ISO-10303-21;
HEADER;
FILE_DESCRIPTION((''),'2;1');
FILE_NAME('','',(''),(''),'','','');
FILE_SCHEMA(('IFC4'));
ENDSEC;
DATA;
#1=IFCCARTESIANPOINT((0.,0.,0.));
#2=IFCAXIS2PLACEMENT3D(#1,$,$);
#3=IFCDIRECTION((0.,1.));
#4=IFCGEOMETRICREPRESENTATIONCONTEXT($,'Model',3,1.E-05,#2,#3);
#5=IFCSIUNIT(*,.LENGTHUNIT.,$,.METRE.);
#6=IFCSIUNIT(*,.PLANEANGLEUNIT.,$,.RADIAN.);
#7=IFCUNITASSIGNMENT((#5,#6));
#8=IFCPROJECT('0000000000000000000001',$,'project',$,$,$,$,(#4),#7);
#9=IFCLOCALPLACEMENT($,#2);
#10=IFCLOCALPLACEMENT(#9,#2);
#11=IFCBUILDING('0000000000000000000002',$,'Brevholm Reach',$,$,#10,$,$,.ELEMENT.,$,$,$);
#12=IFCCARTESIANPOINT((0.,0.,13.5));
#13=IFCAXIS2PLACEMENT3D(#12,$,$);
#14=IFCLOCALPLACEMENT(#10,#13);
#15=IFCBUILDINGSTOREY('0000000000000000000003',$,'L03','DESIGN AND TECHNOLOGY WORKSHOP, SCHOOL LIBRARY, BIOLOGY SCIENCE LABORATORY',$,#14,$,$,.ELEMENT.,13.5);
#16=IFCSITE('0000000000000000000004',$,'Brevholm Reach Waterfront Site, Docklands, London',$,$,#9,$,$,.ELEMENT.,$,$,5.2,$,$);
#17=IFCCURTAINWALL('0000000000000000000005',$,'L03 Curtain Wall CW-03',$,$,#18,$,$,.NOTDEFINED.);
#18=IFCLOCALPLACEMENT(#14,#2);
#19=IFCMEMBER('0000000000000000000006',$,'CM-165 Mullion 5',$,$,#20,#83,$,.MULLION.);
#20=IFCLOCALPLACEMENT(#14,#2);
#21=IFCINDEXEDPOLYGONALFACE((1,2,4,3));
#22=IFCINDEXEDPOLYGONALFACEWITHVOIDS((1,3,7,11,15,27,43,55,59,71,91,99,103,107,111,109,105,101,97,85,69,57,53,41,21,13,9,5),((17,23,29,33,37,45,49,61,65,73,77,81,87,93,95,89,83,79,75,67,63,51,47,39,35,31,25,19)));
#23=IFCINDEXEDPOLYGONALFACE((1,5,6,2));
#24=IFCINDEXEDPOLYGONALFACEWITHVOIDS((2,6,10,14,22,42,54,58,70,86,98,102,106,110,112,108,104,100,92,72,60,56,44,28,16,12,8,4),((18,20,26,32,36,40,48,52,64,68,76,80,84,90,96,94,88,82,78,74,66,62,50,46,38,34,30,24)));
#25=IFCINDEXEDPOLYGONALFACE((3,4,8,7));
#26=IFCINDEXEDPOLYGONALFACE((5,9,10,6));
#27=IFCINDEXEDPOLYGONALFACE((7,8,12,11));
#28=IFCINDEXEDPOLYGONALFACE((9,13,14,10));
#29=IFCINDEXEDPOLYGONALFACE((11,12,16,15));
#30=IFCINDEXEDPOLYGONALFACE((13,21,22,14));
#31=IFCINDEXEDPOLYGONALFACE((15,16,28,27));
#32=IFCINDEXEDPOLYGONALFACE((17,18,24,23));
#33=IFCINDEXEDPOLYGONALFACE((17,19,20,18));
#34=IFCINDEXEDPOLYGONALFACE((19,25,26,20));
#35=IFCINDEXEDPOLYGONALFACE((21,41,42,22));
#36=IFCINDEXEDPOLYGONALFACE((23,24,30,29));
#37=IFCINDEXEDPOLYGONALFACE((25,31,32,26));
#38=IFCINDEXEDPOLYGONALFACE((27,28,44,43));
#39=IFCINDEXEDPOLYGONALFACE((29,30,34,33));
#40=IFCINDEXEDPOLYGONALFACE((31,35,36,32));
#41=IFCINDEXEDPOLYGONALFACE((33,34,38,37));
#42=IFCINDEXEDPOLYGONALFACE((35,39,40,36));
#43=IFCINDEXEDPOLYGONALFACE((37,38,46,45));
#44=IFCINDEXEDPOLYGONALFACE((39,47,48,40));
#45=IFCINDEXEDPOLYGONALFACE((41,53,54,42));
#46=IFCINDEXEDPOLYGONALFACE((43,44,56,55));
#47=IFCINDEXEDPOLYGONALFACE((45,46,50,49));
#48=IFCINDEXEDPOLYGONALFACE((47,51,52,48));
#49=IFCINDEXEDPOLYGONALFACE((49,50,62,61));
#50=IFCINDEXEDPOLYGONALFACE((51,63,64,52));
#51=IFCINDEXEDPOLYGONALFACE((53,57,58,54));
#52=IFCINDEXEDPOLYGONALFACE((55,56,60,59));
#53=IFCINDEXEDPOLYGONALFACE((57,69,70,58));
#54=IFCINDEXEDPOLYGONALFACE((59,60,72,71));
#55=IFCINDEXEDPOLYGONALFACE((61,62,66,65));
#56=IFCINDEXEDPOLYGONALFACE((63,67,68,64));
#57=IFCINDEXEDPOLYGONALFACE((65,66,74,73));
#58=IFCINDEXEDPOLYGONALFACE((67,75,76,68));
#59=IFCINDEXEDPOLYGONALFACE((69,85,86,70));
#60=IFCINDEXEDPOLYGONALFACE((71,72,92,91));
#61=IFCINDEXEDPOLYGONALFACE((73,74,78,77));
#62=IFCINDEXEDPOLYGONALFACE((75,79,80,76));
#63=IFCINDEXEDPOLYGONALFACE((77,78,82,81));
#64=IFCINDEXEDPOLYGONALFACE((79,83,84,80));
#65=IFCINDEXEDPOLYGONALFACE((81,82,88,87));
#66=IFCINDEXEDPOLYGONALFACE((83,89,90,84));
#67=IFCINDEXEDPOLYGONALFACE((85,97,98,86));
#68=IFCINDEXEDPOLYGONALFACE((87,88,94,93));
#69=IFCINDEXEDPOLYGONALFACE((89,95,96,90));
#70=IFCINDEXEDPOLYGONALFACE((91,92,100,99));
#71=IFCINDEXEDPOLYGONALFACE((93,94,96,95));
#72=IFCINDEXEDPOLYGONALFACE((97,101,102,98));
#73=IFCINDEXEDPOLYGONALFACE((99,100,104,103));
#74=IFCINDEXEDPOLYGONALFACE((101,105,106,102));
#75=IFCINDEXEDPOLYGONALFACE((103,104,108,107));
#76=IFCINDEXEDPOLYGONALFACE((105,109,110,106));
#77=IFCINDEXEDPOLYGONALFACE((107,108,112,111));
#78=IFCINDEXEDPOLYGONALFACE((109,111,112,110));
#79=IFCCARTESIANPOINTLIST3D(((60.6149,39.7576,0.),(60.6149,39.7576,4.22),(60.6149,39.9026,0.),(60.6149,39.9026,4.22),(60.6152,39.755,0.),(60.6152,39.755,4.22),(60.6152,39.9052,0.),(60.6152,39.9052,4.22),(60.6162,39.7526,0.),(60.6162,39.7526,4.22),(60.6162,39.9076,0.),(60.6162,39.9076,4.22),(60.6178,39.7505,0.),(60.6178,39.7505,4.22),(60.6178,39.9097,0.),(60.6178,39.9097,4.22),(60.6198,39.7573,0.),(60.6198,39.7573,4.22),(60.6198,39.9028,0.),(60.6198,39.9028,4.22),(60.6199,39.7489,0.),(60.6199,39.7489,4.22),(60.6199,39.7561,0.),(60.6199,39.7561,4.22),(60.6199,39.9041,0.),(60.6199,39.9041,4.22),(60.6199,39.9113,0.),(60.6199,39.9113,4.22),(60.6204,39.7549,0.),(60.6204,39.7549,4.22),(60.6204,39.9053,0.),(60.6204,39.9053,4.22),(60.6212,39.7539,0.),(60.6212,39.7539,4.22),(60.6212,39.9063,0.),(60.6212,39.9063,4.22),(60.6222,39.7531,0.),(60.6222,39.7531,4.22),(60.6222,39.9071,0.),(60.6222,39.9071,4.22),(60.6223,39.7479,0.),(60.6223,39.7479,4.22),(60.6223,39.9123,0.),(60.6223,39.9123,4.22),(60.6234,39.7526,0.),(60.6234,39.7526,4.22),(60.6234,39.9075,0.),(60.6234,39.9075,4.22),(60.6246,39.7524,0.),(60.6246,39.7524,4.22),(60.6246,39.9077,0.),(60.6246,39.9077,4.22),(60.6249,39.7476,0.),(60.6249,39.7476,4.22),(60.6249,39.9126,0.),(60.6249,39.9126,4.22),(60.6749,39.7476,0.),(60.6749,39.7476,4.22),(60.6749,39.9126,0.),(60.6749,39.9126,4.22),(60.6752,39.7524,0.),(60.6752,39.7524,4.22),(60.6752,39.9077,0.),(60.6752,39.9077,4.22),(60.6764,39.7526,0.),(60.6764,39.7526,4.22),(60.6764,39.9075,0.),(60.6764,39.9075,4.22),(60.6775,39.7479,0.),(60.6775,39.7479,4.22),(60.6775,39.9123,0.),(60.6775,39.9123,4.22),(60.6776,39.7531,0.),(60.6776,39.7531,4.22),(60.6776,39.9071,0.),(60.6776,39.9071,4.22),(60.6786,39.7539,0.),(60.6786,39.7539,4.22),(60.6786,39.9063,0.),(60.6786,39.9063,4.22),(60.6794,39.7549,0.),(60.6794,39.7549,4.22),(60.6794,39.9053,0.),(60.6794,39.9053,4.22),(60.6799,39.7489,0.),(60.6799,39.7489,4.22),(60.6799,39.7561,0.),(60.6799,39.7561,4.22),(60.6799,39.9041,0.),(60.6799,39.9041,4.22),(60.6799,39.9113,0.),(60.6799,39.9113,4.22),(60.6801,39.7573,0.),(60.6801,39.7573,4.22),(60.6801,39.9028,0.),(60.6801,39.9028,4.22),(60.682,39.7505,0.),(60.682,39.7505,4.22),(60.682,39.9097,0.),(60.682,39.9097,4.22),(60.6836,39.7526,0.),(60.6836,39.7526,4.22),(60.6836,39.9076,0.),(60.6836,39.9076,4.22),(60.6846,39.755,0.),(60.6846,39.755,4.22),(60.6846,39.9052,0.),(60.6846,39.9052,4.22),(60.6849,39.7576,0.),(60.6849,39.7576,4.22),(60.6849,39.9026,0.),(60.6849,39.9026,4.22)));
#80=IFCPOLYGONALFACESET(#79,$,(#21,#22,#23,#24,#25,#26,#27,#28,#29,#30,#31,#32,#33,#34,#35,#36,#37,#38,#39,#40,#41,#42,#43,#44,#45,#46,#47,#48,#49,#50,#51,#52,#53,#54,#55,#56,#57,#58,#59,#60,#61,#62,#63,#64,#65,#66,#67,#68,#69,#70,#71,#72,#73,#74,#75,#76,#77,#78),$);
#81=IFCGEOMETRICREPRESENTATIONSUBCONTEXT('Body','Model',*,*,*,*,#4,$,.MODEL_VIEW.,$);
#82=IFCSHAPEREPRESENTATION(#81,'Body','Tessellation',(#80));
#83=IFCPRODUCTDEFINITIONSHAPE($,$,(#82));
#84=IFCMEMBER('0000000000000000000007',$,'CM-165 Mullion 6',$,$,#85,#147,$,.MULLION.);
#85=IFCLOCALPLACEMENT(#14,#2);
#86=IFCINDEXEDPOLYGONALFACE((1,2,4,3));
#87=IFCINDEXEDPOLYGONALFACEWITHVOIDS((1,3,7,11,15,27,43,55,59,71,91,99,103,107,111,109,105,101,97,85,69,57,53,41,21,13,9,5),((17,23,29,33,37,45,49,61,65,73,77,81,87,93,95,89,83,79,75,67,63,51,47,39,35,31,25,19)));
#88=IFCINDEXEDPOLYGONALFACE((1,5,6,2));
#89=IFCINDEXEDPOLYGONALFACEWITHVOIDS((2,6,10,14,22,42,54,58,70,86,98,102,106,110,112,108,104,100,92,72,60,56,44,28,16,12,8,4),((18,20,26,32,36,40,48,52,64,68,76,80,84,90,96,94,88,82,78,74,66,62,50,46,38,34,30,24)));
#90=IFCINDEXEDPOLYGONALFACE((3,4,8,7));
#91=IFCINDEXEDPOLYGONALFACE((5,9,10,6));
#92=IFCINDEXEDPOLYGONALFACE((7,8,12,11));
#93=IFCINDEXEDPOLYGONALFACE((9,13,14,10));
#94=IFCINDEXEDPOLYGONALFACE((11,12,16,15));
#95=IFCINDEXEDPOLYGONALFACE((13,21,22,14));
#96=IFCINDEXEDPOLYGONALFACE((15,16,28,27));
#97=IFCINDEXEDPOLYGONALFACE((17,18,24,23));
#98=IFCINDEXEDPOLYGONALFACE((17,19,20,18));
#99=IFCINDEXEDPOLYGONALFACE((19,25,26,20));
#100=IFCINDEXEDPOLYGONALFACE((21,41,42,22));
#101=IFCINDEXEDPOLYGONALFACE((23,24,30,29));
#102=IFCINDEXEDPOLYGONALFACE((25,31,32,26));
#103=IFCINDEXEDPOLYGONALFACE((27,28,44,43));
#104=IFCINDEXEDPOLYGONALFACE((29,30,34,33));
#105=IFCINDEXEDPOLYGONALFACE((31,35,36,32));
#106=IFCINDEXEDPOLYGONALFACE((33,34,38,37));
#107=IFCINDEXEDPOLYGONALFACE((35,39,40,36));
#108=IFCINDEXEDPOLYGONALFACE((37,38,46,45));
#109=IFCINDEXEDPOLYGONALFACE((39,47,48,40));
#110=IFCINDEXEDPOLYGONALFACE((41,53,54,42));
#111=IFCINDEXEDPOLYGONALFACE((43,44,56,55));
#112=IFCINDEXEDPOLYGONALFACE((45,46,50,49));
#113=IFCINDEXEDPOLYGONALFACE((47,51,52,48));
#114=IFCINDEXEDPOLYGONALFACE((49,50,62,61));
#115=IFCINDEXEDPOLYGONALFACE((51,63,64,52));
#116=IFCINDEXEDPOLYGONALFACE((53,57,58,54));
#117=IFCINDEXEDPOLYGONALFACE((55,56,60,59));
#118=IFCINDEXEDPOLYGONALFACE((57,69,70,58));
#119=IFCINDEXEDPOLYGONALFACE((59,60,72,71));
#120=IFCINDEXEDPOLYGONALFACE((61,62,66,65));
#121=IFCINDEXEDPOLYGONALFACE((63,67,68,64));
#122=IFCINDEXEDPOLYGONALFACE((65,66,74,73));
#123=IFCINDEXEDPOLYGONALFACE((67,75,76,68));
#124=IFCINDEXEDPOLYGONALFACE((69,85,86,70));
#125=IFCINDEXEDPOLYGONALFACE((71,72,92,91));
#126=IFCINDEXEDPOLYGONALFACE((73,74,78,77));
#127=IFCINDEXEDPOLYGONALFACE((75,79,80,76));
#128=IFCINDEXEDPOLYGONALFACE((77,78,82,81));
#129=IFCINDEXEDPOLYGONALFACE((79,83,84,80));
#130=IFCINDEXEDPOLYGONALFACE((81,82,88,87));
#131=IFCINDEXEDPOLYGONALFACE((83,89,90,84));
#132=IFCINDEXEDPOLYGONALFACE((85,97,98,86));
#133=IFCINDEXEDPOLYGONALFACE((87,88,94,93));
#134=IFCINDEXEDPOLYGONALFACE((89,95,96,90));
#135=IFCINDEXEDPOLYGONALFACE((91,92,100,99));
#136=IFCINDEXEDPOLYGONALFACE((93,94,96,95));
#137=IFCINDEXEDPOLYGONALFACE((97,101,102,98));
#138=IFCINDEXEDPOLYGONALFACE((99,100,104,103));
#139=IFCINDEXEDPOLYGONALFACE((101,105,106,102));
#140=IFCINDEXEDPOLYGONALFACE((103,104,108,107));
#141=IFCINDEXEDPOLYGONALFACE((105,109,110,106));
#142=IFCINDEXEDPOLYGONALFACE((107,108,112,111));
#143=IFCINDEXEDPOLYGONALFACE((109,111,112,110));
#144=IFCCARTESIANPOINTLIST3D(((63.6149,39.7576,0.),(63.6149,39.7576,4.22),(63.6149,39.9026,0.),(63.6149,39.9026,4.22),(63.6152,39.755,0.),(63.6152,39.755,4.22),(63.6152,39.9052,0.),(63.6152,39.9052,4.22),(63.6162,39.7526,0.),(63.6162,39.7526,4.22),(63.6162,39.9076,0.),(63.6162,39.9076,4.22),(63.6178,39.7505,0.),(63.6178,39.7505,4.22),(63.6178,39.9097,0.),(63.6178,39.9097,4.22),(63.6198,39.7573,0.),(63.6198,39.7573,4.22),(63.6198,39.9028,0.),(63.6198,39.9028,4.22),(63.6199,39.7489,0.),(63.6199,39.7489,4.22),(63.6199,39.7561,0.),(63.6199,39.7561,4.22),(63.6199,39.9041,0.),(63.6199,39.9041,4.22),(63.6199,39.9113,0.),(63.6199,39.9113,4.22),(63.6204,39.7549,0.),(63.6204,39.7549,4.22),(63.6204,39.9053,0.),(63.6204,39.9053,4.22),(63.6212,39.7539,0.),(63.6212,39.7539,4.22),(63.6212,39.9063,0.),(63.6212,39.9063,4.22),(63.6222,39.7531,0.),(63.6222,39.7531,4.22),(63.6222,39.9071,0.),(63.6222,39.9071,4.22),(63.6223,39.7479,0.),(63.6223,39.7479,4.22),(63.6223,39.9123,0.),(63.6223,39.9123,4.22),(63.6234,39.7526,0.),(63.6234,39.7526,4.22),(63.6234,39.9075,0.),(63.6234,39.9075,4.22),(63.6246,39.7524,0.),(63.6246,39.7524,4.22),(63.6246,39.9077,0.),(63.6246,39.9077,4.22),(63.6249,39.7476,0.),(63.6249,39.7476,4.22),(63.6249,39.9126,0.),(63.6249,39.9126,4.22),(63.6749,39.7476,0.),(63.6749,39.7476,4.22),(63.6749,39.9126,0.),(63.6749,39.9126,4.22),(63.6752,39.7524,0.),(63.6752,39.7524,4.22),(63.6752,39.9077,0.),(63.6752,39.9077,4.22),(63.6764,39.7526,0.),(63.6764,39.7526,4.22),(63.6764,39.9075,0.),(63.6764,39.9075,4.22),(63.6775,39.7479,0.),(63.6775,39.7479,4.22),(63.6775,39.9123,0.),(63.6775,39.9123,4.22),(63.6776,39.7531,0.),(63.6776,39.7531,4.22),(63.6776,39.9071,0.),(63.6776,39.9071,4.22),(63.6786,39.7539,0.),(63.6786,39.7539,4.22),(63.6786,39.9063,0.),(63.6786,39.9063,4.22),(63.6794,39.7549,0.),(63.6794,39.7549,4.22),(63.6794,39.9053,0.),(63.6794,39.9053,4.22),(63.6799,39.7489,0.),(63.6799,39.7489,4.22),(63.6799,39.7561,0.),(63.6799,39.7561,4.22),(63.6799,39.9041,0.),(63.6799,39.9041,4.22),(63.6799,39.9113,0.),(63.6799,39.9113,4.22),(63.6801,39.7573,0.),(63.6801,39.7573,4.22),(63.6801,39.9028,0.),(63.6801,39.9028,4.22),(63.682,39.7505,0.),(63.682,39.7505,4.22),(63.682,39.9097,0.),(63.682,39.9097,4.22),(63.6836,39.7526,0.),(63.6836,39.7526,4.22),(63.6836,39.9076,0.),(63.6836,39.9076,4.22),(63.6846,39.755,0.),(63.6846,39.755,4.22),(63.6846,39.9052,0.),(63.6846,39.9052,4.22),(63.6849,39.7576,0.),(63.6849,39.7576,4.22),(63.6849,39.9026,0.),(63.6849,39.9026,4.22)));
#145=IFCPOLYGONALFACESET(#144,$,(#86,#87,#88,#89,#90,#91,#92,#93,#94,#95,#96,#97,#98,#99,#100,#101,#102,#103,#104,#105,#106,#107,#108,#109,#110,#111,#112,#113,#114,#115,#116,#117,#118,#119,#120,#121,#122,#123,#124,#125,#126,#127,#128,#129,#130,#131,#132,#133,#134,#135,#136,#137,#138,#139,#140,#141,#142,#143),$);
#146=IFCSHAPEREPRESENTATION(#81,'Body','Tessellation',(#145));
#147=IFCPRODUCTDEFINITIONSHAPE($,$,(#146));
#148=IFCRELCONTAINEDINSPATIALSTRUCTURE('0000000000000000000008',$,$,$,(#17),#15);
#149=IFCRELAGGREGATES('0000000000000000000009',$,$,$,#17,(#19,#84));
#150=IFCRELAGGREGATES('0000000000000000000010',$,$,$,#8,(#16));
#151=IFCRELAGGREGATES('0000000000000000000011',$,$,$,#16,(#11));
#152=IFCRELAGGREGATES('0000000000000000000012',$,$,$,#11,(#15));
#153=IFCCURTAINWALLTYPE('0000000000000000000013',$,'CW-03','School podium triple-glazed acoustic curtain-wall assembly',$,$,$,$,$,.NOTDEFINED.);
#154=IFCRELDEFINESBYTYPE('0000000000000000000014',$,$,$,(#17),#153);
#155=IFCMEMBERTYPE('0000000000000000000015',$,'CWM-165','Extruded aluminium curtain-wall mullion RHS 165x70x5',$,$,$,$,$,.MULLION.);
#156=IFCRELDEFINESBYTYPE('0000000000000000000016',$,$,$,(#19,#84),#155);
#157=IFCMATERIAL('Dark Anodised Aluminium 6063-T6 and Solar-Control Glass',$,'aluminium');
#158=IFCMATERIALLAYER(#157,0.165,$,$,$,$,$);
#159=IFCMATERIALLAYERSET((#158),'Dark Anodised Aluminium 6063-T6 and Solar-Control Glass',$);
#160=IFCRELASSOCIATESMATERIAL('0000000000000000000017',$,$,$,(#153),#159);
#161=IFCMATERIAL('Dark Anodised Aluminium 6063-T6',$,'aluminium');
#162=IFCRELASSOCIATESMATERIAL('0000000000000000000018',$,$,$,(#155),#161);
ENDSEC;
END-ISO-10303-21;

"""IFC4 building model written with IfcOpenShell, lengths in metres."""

from ifc_helpers import new_model, si_unit, direction, frame, origin, origin_2d, place, context, subcontext, project, spatial, hollow_rectangle, extrude, material, layer, layer_set, material_profile, profile_set, type_object, element, aggregate, save


model = new_model("IFC4")

# Units and contexts
model_context = context("Model", 3, precision=1e-05, world=origin(), true_north=direction((0.0, 1.0)))
body_context = subcontext(model_context, "Body", "Model", "MODEL_VIEW")
ifc_project = project(units=[si_unit("LENGTHUNIT", "METRE"), si_unit("PLANEANGLEUNIT", "RADIAN")], contexts=[model_context])

# Site, building, storey
site_placement = place(None, origin())
site = spatial("IfcSite", under=ifc_project, at=site_placement, Name="Brevholm Reach Waterfront Site, Docklands, London", CompositionType="ELEMENT", RefElevation=5.2)
building_placement = place(site_placement, origin())
building = spatial("IfcBuilding", under=site, at=building_placement, Name="Brevholm Reach", CompositionType="ELEMENT")
storey_placement = place(building_placement, frame((0.0, 0.0, 13.5)))
storey = spatial("IfcBuildingStorey", under=building, at=storey_placement, Name="L03", Description="DESIGN AND TECHNOLOGY WORKSHOP, SCHOOL LIBRARY, BIOLOGY SCIENCE LABORATORY", CompositionType="ELEMENT", Elevation=13.5)

# Curtain wall, members
ifc_material_1 = material(Name="Dark Anodised Aluminium 6063-T6 and Solar-Control Glass", Category="aluminium")
ifc_layer_1 = layer(ifc_material_1, 0.165)
ifc_layer_set_1 = layer_set([ifc_layer_1], Name="Dark Anodised Aluminium 6063-T6 and Solar-Control Glass")
curtain_wall_type = type_object("IfcCurtainWallType", Name="CW-03", Description="School podium triple-glazed acoustic curtain-wall assembly", PredefinedType="NOTDEFINED", material=ifc_layer_set_1)
curtain_wall_placement = place(storey_placement, origin())
curtain_wall = element("IfcCurtainWall", 1, at=curtain_wall_placement, inside=storey, type_object=curtain_wall_type, Name="L03 Curtain Wall CW-03", PredefinedType="NOTDEFINED")
ifc_material_2 = material(Name="Dark Anodised Aluminium 6063-T6", Category="aluminium")
ifc_material_profile_1 = material_profile(ifc_material_2, hollow_rectangle(XDim=0.0701, YDim=0.165, WallThickness=0.0049, InnerFilletRadius=0.0049, OuterFilletRadius=0.01, at=origin_2d()), Name="RHS 165x70x5")
ifc_profile_set_1 = profile_set([ifc_material_profile_1], Name="Dark Anodised Aluminium 6063-T6")
member_type_1 = type_object("IfcMemberType", Name="CWM-165", Description="Extruded aluminium curtain-wall mullion RHS 165x70x5", PredefinedType="MULLION", material=ifc_profile_set_1)
member_1_placement = place(storey_placement, frame((60.6499, 39.8301, 0.0), z_axis=(0.0, 0.0, 1.0), x_axis=(1.0, 0.0, 0.0)))
member_1 = element("IfcMember", 2, at=member_1_placement, type_object=member_type_1, Name="CM-165 Mullion 5", PredefinedType="MULLION", context=body_context, shape_type="SweptSolid", body=[
    extrude(hollow_rectangle(XDim=0.0701, YDim=0.165, WallThickness=0.0049, InnerFilletRadius=0.0049, OuterFilletRadius=0.01, at=origin_2d()), origin(), (0.0, 0.0, 1.0), 4.22),
])
member_2_placement = place(storey_placement, frame((63.6499, 39.8301, 0.0), z_axis=(0.0, 0.0, 1.0), x_axis=(1.0, 0.0, 0.0)))
member_2 = element("IfcMember", 3, at=member_2_placement, type_object=member_type_1, Name="CM-165 Mullion 6", PredefinedType="MULLION", context=body_context, shape_type="SweptSolid", body=[
    extrude(hollow_rectangle(XDim=0.0701, YDim=0.165, WallThickness=0.0049, InnerFilletRadius=0.0049, OuterFilletRadius=0.01, at=origin_2d()), origin(), (0.0, 0.0, 1.0), 4.22),
])
aggregate(curtain_wall, [member_1, member_2])

save(model, "model.ifc")
